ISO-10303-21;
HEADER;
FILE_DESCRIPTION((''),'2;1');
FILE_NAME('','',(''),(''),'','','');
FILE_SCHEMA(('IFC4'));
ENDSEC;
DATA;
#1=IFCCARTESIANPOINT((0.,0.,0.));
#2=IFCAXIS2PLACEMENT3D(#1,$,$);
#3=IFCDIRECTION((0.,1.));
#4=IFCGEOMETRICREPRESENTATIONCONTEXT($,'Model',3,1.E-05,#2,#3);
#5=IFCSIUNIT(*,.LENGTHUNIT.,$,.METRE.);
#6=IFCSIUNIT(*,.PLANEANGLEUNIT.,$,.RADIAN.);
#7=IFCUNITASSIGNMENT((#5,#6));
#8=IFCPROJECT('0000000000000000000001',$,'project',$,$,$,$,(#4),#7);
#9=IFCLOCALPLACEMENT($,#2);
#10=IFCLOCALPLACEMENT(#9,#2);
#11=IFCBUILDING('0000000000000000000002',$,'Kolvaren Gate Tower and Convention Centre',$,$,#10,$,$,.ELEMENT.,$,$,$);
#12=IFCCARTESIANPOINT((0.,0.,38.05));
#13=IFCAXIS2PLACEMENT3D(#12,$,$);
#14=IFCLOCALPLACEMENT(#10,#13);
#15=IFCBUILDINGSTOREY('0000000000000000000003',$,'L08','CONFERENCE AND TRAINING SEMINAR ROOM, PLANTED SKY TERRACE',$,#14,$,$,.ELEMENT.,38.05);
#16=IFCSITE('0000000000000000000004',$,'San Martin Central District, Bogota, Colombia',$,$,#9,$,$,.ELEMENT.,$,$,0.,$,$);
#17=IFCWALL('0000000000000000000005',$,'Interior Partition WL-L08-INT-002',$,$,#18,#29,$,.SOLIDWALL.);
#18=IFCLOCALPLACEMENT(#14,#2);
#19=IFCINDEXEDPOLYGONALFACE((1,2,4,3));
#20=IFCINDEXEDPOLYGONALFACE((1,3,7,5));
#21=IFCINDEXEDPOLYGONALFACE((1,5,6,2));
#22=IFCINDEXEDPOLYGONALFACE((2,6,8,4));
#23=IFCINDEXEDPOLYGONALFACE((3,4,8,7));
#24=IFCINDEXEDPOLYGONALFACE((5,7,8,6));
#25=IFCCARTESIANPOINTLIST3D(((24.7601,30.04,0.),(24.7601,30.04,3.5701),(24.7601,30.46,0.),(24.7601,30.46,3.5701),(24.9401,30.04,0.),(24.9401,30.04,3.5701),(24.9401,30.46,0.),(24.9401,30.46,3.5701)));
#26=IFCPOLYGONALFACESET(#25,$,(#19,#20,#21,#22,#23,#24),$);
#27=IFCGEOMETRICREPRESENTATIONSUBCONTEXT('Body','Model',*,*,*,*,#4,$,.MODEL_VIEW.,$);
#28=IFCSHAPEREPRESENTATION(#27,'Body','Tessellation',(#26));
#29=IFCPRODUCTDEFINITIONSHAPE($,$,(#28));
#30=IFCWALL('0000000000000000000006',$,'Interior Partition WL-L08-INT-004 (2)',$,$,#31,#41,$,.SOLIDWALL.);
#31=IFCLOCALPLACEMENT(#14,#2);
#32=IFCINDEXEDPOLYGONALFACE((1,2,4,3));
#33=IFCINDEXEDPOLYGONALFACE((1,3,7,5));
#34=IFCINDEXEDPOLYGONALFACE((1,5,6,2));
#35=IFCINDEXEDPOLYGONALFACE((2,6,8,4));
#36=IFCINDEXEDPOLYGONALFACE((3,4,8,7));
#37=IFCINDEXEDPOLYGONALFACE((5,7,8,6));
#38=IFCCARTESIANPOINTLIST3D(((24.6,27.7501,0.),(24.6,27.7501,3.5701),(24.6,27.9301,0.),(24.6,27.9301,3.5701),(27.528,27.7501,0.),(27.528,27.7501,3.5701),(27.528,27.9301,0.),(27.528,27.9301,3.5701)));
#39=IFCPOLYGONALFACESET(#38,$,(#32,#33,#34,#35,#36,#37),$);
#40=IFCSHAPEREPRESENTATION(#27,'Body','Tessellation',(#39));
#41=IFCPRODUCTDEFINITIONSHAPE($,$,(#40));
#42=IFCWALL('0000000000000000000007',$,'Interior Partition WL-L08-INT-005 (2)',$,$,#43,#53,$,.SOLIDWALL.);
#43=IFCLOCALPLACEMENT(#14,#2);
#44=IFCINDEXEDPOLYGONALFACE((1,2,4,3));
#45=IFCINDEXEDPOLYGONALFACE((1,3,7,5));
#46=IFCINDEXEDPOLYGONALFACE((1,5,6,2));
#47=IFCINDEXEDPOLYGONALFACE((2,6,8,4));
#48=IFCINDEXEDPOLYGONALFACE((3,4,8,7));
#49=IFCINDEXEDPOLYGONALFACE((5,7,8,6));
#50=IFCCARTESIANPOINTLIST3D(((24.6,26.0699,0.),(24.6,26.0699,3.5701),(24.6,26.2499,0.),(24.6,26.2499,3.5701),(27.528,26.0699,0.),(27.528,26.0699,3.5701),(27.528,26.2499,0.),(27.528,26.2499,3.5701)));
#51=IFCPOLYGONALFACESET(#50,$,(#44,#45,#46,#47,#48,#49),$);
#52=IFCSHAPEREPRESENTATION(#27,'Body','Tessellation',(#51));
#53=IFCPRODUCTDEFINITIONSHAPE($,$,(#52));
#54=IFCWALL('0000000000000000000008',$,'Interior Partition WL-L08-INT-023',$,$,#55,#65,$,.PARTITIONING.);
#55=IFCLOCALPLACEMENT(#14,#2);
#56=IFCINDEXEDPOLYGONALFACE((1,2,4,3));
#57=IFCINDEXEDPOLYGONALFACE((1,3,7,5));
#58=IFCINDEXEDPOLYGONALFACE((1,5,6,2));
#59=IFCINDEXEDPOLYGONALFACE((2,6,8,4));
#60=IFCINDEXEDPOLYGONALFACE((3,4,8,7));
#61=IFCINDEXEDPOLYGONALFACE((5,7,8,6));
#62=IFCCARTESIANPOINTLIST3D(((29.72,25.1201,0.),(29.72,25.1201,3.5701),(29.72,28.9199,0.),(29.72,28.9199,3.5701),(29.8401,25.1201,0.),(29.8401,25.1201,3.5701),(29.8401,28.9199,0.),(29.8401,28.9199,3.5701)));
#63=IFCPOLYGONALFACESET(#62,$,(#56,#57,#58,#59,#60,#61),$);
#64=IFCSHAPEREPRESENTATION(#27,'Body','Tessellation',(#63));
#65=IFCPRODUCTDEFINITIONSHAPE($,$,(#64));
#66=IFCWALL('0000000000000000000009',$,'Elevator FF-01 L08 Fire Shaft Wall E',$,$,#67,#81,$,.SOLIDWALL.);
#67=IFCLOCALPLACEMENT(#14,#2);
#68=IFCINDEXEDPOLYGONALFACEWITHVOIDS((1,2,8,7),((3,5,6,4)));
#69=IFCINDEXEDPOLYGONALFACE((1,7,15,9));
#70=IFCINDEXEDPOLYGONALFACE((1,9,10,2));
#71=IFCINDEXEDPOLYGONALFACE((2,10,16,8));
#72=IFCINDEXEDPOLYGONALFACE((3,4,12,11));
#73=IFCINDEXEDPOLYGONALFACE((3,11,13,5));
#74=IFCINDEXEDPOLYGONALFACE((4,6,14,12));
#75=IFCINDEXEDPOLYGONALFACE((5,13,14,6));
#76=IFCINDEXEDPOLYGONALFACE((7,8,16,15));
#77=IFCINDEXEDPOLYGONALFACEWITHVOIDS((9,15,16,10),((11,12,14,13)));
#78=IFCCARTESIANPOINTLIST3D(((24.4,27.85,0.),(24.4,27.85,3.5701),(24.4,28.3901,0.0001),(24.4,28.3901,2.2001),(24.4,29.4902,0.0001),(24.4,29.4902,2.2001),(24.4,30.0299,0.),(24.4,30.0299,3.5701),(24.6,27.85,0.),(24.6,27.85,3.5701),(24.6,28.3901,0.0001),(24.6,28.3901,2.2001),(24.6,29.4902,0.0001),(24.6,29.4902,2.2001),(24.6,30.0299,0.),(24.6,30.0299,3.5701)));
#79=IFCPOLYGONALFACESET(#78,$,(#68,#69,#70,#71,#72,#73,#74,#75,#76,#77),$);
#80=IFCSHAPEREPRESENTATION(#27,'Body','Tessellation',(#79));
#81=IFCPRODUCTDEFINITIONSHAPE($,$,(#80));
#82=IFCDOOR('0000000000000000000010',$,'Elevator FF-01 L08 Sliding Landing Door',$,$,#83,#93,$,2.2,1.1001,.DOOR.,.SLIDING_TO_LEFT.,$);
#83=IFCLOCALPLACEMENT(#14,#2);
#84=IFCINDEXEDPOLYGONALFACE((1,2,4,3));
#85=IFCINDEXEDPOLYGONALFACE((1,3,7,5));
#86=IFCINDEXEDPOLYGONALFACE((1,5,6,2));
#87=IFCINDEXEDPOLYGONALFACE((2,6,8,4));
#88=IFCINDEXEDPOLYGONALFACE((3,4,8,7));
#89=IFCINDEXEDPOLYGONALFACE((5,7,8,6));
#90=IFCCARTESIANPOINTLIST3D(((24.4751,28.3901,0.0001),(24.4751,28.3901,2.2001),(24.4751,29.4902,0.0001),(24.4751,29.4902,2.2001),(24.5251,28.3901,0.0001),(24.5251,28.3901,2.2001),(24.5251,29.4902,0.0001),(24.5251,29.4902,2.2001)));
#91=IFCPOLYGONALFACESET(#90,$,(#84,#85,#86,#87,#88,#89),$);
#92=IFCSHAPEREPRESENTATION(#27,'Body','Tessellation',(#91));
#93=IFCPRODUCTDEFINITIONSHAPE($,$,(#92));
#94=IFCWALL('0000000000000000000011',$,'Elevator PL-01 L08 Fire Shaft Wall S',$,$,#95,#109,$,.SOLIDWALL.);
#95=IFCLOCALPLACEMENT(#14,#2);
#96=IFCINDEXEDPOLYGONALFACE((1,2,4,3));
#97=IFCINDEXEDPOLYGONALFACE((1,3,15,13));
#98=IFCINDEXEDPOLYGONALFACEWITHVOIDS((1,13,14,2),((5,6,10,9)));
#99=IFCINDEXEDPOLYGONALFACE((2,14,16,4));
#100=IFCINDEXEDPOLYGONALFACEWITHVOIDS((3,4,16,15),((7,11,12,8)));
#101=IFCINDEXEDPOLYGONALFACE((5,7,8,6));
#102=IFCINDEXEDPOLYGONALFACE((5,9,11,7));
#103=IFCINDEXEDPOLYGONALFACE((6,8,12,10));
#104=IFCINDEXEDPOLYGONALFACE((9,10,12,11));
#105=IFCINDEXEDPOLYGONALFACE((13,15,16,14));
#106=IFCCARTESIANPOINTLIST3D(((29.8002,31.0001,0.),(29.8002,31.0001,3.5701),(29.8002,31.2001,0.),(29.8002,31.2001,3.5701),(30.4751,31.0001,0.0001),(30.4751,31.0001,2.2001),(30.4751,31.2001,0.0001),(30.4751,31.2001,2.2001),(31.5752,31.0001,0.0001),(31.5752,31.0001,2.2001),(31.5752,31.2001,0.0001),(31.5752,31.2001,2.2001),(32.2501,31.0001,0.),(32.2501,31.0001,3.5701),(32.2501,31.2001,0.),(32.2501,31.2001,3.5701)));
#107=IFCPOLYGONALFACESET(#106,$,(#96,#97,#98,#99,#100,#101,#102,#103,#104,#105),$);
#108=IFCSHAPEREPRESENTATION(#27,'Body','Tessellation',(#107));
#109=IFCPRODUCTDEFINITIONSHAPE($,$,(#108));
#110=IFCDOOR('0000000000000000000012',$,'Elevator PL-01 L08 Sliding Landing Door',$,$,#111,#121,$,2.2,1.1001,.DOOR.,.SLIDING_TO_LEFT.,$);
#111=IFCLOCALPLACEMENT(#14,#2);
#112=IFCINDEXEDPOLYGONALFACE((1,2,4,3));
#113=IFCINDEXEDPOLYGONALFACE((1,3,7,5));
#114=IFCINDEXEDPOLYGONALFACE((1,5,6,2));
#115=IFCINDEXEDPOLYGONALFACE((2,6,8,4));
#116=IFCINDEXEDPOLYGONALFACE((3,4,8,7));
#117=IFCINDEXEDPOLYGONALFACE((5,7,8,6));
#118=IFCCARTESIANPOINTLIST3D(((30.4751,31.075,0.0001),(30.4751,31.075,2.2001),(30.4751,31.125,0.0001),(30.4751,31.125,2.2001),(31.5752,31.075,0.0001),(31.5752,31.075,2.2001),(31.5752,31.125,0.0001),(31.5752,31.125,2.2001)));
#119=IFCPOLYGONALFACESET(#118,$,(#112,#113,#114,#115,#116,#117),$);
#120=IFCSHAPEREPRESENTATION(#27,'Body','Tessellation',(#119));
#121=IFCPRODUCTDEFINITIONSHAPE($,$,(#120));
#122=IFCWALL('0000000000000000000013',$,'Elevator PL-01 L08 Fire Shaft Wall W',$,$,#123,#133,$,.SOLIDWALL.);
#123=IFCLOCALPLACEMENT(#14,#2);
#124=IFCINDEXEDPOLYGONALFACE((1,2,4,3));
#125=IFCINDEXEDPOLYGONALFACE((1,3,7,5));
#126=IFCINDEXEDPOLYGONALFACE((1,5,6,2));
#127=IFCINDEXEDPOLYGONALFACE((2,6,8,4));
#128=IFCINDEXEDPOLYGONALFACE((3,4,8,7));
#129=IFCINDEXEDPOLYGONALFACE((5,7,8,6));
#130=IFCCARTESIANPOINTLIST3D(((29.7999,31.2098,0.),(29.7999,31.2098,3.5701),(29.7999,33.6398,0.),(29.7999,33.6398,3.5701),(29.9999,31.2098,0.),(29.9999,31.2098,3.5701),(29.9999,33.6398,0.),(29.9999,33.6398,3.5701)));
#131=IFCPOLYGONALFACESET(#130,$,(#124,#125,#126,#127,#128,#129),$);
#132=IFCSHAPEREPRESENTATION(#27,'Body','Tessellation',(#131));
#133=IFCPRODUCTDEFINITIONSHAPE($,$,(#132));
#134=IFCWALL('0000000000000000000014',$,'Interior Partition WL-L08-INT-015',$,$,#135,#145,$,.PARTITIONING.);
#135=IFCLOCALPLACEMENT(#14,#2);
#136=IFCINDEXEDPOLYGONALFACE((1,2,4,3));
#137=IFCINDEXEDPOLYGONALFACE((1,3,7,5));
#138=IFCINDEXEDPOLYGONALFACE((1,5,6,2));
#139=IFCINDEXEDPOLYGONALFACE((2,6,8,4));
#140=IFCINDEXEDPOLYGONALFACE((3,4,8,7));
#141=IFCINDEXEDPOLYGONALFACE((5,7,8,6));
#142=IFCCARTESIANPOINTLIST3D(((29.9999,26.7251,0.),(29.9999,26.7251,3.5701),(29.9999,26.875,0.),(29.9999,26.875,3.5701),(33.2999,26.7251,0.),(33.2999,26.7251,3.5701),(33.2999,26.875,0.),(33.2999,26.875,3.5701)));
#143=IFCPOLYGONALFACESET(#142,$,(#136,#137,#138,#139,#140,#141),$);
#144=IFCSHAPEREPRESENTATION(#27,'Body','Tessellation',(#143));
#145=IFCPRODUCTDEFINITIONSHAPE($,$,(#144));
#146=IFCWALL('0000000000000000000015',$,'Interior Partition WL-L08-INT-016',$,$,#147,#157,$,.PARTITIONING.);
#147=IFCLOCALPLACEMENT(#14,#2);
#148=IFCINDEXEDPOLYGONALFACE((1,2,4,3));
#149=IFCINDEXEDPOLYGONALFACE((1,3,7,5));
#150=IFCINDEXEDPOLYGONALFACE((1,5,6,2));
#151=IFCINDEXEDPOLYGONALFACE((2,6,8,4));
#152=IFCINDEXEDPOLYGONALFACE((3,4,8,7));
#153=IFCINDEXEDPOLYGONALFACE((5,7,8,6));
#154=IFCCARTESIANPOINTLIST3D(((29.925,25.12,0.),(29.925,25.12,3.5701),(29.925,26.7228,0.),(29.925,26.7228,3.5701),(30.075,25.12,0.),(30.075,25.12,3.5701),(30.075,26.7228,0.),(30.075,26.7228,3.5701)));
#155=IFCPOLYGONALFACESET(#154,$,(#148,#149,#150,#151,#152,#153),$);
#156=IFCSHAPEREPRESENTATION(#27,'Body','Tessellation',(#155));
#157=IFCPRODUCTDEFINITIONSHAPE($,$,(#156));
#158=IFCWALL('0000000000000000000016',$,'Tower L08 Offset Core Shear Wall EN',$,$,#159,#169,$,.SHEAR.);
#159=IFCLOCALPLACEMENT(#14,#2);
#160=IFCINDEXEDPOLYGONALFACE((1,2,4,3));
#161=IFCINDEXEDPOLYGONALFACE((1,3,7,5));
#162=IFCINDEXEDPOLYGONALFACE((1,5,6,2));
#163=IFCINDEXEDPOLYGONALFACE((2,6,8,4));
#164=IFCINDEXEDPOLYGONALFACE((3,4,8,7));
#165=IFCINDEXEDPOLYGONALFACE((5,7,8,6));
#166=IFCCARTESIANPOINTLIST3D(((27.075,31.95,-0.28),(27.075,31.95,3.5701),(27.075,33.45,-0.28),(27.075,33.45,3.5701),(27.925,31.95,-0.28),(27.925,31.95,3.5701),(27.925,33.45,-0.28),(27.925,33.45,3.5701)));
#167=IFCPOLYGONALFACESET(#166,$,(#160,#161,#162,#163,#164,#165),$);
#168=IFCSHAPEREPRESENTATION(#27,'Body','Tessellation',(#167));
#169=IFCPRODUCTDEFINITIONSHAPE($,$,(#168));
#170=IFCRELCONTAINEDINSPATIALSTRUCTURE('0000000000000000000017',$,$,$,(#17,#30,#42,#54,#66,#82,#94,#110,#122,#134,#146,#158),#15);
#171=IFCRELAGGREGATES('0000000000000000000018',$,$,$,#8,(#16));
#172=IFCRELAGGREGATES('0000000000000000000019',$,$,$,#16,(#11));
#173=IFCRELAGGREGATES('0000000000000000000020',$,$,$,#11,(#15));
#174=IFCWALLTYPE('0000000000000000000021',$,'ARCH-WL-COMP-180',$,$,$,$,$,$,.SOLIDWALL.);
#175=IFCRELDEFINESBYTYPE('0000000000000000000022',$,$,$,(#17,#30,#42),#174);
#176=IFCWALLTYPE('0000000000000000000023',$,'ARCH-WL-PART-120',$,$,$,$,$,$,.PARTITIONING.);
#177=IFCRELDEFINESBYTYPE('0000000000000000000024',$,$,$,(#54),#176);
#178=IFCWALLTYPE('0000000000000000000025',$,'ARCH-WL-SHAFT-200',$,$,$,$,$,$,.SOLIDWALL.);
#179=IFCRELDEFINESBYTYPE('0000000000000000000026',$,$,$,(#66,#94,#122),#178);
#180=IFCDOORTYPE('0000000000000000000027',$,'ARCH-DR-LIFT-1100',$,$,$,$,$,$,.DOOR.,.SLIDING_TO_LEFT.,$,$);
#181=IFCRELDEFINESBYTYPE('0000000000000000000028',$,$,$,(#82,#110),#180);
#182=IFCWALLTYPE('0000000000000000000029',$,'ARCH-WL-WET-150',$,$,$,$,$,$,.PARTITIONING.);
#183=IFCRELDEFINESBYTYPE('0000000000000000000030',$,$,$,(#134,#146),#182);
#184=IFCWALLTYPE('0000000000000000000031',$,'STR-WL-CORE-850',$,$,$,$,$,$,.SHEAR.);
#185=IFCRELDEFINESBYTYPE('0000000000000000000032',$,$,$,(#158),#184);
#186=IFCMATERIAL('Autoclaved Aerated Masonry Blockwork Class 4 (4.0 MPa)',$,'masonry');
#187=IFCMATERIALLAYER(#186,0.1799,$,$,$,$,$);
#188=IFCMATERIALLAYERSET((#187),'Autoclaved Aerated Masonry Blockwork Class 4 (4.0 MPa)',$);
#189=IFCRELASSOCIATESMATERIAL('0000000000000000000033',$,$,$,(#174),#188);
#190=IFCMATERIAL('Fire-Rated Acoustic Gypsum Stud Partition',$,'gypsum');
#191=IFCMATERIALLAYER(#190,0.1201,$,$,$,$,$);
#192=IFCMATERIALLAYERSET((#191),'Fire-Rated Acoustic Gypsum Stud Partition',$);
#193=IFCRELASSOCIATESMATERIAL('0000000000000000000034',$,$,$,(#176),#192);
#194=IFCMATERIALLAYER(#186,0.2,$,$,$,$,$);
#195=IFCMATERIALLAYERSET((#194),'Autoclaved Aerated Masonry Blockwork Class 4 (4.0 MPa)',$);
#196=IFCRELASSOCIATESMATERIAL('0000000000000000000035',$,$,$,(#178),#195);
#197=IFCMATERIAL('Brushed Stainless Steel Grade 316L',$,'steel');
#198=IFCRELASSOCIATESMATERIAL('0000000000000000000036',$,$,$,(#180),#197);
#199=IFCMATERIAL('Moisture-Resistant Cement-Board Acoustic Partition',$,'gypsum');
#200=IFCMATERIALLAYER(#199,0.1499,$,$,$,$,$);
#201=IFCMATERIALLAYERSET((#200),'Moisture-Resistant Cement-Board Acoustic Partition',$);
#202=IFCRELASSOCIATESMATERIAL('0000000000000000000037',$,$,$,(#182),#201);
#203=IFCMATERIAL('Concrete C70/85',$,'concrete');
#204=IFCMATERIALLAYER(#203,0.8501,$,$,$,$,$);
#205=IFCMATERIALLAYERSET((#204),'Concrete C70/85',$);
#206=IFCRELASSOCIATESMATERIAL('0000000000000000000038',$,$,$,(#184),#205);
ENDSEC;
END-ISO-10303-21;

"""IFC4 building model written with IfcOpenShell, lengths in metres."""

from ifc_helpers import new_model, si_unit, direction, frame, frame_2d, origin, place, context, subcontext, project, spatial, rectangle, extrude, material, layer, layer_set, type_object, element, fill, save


model = new_model("IFC4")

# Units and contexts
model_context = context("Model", 3, precision=1e-05, world=origin(), true_north=direction((0.0, 1.0)))
body_context = subcontext(model_context, "Body", "Model", "MODEL_VIEW")
ifc_project = project(units=[si_unit("LENGTHUNIT", "METRE"), si_unit("PLANEANGLEUNIT", "RADIAN")], contexts=[model_context])

# Site, building, storey
site_placement = place(None, origin())
site = spatial("IfcSite", under=ifc_project, at=site_placement, Name="San Martin Central District, Bogota, Colombia", CompositionType="ELEMENT", RefElevation=0.0)
building_placement = place(site_placement, origin())
building = spatial("IfcBuilding", under=site, at=building_placement, Name="Kolvaren Gate Tower and Convention Centre", CompositionType="ELEMENT")
storey_placement = place(building_placement, frame((0.0, 0.0, 38.05)))
storey = spatial("IfcBuildingStorey", under=building, at=storey_placement, Name="L08", Description="CONFERENCE AND TRAINING SEMINAR ROOM, PLANTED SKY TERRACE", CompositionType="ELEMENT", Elevation=38.05)

# Walls
ifc_material_1 = material(Name="Autoclaved Aerated Masonry Blockwork Class 4 (4.0 MPa)", Category="masonry")
ifc_layer_1 = layer(ifc_material_1, 0.1799)
ifc_layer_set_1 = layer_set([ifc_layer_1], Name="Autoclaved Aerated Masonry Blockwork Class 4 (4.0 MPa)")
wall_type_1 = type_object("IfcWallType", Name="ARCH-WL-COMP-180", PredefinedType="SOLIDWALL", material=ifc_layer_set_1)
wall_1_placement = place(storey_placement, frame((24.8501, 30.04, 0.0), z_axis=(0.0, 0.0, 1.0), x_axis=(0.0, 1.0, 0.0)))
element("IfcWall", 1, at=wall_1_placement, inside=storey, type_object=wall_type_1, Name="Interior Partition WL-L08-INT-002", PredefinedType="SOLIDWALL", context=body_context, shape_type="SweptSolid", body=[
    extrude(rectangle(XDim=0.4199, YDim=0.1799, at=frame_2d((0.21, 0.0))), origin(), (0.0, 0.0, 1.0), 3.5701),
])
for number, where, z_axis, x_axis, name in (
    (2, (24.6001, 27.8401, 0.0), (0.0, 0.0, 1.0), (1.0, 0.0, 0.0), "Interior Partition WL-L08-INT-004 (2)"),
    (3, (24.6001, 26.1599, 0.0), (0.0, 0.0, 1.0), (1.0, 0.0, 0.0), "Interior Partition WL-L08-INT-005 (2)"),
):
    element("IfcWall", number, at=place(storey_placement, frame(where, z_axis=z_axis, x_axis=x_axis)), inside=storey, type_object=wall_type_1, Name=name, PredefinedType="SOLIDWALL", context=body_context, shape_type="SweptSolid", body=[
        extrude(rectangle(XDim=2.928, YDim=0.1799, at=frame_2d((1.4639, 0.0))), origin(), (0.0, 0.0, 1.0), 3.5701),
    ])
ifc_material_2 = material(Name="Fire-Rated Acoustic Gypsum Stud Partition", Category="gypsum")
ifc_layer_2 = layer(ifc_material_2, 0.1201)
ifc_layer_set_2 = layer_set([ifc_layer_2], Name="Fire-Rated Acoustic Gypsum Stud Partition")
wall_type_2 = type_object("IfcWallType", Name="ARCH-WL-PART-120", PredefinedType="PARTITIONING", material=ifc_layer_set_2)
wall_2_placement = place(storey_placement, frame((29.78, 25.1201, 0.0), z_axis=(0.0, 0.0, 1.0), x_axis=(0.0, 1.0, 0.0)))
element("IfcWall", 4, at=wall_2_placement, inside=storey, type_object=wall_type_2, Name="Interior Partition WL-L08-INT-023", PredefinedType="PARTITIONING", context=body_context, shape_type="SweptSolid", body=[
    extrude(rectangle(XDim=3.7998, YDim=0.1201, at=frame_2d((1.8999, 0.0))), origin(), (0.0, 0.0, 1.0), 3.5701),
])

# Walls, openings, doors
ifc_layer_3 = layer(ifc_material_1, 0.2)
ifc_layer_set_3 = layer_set([ifc_layer_3], Name="Autoclaved Aerated Masonry Blockwork Class 4 (4.0 MPa)")
wall_type_3 = type_object("IfcWallType", Name="ARCH-WL-SHAFT-200", PredefinedType="SOLIDWALL", material=ifc_layer_set_3)
wall_3_placement = place(storey_placement, frame((24.5, 27.8501, 0.0), z_axis=(0.0, 0.0, 1.0), x_axis=(0.0, 1.0, 0.0)))
wall_3 = element("IfcWall", 5, at=wall_3_placement, inside=storey, type_object=wall_type_3, Name="Elevator FF-01 L08 Fire Shaft Wall E", PredefinedType="SOLIDWALL", context=body_context, shape_type="SweptSolid", body=[
    extrude(rectangle(XDim=2.1799, YDim=0.2, at=frame_2d((1.0898, 0.0))), origin(), (0.0, 0.0, 1.0), 3.5701),
])
opening_1_placement = place(wall_3_placement, frame((0.54, 0.0, 0.0)))
opening_1 = element("IfcOpeningElement", 6, at=opening_1_placement, cuts=wall_3, PredefinedType="OPENING", context=body_context, shape_type="SweptSolid", body=[
    extrude(rectangle(XDim=1.1001, YDim=2.2, at=frame_2d((0.55, 1.1001))), frame((0.0, 0.1099, 0.0), z_axis=(0.0, -1.0, 0.0), x_axis=(1.0, 0.0, 0.0)), (0.0, 0.0, 1.0), 0.22),
])
ifc_material_3 = material(Name="Brushed Stainless Steel Grade 316L", Category="steel")
door_type_1 = type_object("IfcDoorType", Name="ARCH-DR-LIFT-1100", OperationType="SLIDING_TO_LEFT", PredefinedType="DOOR", material=ifc_material_3)
door_1_placement = place(opening_1_placement, origin())
door_1 = element("IfcDoor", 7, at=door_1_placement, inside=storey, type_object=door_type_1, Name="Elevator FF-01 L08 Sliding Landing Door", OperationType="SLIDING_TO_LEFT", OverallHeight=2.2, OverallWidth=1.1001, PredefinedType="DOOR", context=body_context, shape_type="SweptSolid", body=[
    extrude(rectangle(XDim=1.1001, YDim=2.2, at=frame_2d((0.55, 1.1001))), frame((0.0, 0.0249, 0.0), z_axis=(0.0, -1.0, 0.0), x_axis=(1.0, 0.0, 0.0)), (0.0, 0.0, 1.0), 0.05),
])
fill(opening_1, door_1)
wall_4_placement = place(storey_placement, frame((29.8, 31.1001, 0.0), z_axis=(0.0, 0.0, 1.0), x_axis=(1.0, 0.0, 0.0)))
wall_4 = element("IfcWall", 8, at=wall_4_placement, inside=storey, type_object=wall_type_3, Name="Elevator PL-01 L08 Fire Shaft Wall S", PredefinedType="SOLIDWALL", context=body_context, shape_type="SweptSolid", body=[
    extrude(rectangle(XDim=2.45, YDim=0.2, at=frame_2d((1.2251, 0.0))), origin(), (0.0, 0.0, 1.0), 3.5701),
])
opening_2_placement = place(wall_4_placement, frame((0.675, 0.0, 0.0)))
opening_2 = element("IfcOpeningElement", 9, at=opening_2_placement, cuts=wall_4, PredefinedType="OPENING", context=body_context, shape_type="SweptSolid", body=[
    extrude(rectangle(XDim=1.1001, YDim=2.2, at=frame_2d((0.55, 1.1001))), frame((0.0, 0.1099, 0.0), z_axis=(0.0, -1.0, 0.0), x_axis=(1.0, 0.0, 0.0)), (0.0, 0.0, 1.0), 0.22),
])
door_2_placement = place(opening_2_placement, origin())
door_2 = element("IfcDoor", 10, at=door_2_placement, inside=storey, type_object=door_type_1, Name="Elevator PL-01 L08 Sliding Landing Door", OperationType="SLIDING_TO_LEFT", OverallHeight=2.2, OverallWidth=1.1001, PredefinedType="DOOR", context=body_context, shape_type="SweptSolid", body=[
    extrude(rectangle(XDim=1.1001, YDim=2.2, at=frame_2d((0.55, 1.1001))), frame((0.0, 0.0249, 0.0), z_axis=(0.0, -1.0, 0.0), x_axis=(1.0, 0.0, 0.0)), (0.0, 0.0, 1.0), 0.05),
])
fill(opening_2, door_2)

# Walls
wall_5_placement = place(storey_placement, frame((29.8999, 31.21, 0.0), z_axis=(0.0, 0.0, 1.0), x_axis=(0.0, 1.0, 0.0)))
element("IfcWall", 11, at=wall_5_placement, inside=storey, type_object=wall_type_3, Name="Elevator PL-01 L08 Fire Shaft Wall W", PredefinedType="SOLIDWALL", context=body_context, shape_type="SweptSolid", body=[
    extrude(rectangle(XDim=2.4299, YDim=0.2, at=frame_2d((1.2148, 0.0))), origin(), (0.0, 0.0, 1.0), 3.5701),
])
ifc_material_4 = material(Name="Moisture-Resistant Cement-Board Acoustic Partition", Category="gypsum")
ifc_layer_4 = layer(ifc_material_4, 0.1499)
ifc_layer_set_4 = layer_set([ifc_layer_4], Name="Moisture-Resistant Cement-Board Acoustic Partition")
wall_type_4 = type_object("IfcWallType", Name="ARCH-WL-WET-150", PredefinedType="PARTITIONING", material=ifc_layer_set_4)
wall_6_placement = place(storey_placement, frame((30.0, 26.8, 0.0), z_axis=(0.0, 0.0, 1.0), x_axis=(1.0, 0.0, 0.0)))
element("IfcWall", 12, at=wall_6_placement, inside=storey, type_object=wall_type_4, Name="Interior Partition WL-L08-INT-015", PredefinedType="PARTITIONING", context=body_context, shape_type="SweptSolid", body=[
    extrude(rectangle(XDim=3.3, YDim=0.1499, at=frame_2d((1.6499, 0.0))), origin(), (0.0, 0.0, 1.0), 3.5701),
])
wall_7_placement = place(storey_placement, frame((30.0, 25.1201, 0.0), z_axis=(0.0, 0.0, 1.0), x_axis=(0.0, 1.0, 0.0)))
element("IfcWall", 13, at=wall_7_placement, inside=storey, type_object=wall_type_4, Name="Interior Partition WL-L08-INT-016", PredefinedType="PARTITIONING", context=body_context, shape_type="SweptSolid", body=[
    extrude(rectangle(XDim=1.6028, YDim=0.1499, at=frame_2d((0.8013, 0.0))), origin(), (0.0, 0.0, 1.0), 3.5701),
])
ifc_material_5 = material(Name="Concrete C70/85", Category="concrete")
ifc_layer_5 = layer(ifc_material_5, 0.8501)
ifc_layer_set_5 = layer_set([ifc_layer_5], Name="Concrete C70/85")
wall_type_5 = type_object("IfcWallType", Name="STR-WL-CORE-850", PredefinedType="SHEAR", material=ifc_layer_set_5)
wall_8_placement = place(storey_placement, frame((27.5, 31.95, -0.28), z_axis=(0.0, 0.0, 1.0), x_axis=(0.0, 1.0, 0.0)))
element("IfcWall", 14, at=wall_8_placement, inside=storey, type_object=wall_type_5, Name="Tower L08 Offset Core Shear Wall EN", PredefinedType="SHEAR", context=body_context, shape_type="SweptSolid", body=[
    extrude(rectangle(XDim=1.5, YDim=0.8501, at=frame_2d((0.75, 0.0))), origin(), (0.0, 0.0, 1.0), 3.8501),
])

save(model, "model.ifc")
